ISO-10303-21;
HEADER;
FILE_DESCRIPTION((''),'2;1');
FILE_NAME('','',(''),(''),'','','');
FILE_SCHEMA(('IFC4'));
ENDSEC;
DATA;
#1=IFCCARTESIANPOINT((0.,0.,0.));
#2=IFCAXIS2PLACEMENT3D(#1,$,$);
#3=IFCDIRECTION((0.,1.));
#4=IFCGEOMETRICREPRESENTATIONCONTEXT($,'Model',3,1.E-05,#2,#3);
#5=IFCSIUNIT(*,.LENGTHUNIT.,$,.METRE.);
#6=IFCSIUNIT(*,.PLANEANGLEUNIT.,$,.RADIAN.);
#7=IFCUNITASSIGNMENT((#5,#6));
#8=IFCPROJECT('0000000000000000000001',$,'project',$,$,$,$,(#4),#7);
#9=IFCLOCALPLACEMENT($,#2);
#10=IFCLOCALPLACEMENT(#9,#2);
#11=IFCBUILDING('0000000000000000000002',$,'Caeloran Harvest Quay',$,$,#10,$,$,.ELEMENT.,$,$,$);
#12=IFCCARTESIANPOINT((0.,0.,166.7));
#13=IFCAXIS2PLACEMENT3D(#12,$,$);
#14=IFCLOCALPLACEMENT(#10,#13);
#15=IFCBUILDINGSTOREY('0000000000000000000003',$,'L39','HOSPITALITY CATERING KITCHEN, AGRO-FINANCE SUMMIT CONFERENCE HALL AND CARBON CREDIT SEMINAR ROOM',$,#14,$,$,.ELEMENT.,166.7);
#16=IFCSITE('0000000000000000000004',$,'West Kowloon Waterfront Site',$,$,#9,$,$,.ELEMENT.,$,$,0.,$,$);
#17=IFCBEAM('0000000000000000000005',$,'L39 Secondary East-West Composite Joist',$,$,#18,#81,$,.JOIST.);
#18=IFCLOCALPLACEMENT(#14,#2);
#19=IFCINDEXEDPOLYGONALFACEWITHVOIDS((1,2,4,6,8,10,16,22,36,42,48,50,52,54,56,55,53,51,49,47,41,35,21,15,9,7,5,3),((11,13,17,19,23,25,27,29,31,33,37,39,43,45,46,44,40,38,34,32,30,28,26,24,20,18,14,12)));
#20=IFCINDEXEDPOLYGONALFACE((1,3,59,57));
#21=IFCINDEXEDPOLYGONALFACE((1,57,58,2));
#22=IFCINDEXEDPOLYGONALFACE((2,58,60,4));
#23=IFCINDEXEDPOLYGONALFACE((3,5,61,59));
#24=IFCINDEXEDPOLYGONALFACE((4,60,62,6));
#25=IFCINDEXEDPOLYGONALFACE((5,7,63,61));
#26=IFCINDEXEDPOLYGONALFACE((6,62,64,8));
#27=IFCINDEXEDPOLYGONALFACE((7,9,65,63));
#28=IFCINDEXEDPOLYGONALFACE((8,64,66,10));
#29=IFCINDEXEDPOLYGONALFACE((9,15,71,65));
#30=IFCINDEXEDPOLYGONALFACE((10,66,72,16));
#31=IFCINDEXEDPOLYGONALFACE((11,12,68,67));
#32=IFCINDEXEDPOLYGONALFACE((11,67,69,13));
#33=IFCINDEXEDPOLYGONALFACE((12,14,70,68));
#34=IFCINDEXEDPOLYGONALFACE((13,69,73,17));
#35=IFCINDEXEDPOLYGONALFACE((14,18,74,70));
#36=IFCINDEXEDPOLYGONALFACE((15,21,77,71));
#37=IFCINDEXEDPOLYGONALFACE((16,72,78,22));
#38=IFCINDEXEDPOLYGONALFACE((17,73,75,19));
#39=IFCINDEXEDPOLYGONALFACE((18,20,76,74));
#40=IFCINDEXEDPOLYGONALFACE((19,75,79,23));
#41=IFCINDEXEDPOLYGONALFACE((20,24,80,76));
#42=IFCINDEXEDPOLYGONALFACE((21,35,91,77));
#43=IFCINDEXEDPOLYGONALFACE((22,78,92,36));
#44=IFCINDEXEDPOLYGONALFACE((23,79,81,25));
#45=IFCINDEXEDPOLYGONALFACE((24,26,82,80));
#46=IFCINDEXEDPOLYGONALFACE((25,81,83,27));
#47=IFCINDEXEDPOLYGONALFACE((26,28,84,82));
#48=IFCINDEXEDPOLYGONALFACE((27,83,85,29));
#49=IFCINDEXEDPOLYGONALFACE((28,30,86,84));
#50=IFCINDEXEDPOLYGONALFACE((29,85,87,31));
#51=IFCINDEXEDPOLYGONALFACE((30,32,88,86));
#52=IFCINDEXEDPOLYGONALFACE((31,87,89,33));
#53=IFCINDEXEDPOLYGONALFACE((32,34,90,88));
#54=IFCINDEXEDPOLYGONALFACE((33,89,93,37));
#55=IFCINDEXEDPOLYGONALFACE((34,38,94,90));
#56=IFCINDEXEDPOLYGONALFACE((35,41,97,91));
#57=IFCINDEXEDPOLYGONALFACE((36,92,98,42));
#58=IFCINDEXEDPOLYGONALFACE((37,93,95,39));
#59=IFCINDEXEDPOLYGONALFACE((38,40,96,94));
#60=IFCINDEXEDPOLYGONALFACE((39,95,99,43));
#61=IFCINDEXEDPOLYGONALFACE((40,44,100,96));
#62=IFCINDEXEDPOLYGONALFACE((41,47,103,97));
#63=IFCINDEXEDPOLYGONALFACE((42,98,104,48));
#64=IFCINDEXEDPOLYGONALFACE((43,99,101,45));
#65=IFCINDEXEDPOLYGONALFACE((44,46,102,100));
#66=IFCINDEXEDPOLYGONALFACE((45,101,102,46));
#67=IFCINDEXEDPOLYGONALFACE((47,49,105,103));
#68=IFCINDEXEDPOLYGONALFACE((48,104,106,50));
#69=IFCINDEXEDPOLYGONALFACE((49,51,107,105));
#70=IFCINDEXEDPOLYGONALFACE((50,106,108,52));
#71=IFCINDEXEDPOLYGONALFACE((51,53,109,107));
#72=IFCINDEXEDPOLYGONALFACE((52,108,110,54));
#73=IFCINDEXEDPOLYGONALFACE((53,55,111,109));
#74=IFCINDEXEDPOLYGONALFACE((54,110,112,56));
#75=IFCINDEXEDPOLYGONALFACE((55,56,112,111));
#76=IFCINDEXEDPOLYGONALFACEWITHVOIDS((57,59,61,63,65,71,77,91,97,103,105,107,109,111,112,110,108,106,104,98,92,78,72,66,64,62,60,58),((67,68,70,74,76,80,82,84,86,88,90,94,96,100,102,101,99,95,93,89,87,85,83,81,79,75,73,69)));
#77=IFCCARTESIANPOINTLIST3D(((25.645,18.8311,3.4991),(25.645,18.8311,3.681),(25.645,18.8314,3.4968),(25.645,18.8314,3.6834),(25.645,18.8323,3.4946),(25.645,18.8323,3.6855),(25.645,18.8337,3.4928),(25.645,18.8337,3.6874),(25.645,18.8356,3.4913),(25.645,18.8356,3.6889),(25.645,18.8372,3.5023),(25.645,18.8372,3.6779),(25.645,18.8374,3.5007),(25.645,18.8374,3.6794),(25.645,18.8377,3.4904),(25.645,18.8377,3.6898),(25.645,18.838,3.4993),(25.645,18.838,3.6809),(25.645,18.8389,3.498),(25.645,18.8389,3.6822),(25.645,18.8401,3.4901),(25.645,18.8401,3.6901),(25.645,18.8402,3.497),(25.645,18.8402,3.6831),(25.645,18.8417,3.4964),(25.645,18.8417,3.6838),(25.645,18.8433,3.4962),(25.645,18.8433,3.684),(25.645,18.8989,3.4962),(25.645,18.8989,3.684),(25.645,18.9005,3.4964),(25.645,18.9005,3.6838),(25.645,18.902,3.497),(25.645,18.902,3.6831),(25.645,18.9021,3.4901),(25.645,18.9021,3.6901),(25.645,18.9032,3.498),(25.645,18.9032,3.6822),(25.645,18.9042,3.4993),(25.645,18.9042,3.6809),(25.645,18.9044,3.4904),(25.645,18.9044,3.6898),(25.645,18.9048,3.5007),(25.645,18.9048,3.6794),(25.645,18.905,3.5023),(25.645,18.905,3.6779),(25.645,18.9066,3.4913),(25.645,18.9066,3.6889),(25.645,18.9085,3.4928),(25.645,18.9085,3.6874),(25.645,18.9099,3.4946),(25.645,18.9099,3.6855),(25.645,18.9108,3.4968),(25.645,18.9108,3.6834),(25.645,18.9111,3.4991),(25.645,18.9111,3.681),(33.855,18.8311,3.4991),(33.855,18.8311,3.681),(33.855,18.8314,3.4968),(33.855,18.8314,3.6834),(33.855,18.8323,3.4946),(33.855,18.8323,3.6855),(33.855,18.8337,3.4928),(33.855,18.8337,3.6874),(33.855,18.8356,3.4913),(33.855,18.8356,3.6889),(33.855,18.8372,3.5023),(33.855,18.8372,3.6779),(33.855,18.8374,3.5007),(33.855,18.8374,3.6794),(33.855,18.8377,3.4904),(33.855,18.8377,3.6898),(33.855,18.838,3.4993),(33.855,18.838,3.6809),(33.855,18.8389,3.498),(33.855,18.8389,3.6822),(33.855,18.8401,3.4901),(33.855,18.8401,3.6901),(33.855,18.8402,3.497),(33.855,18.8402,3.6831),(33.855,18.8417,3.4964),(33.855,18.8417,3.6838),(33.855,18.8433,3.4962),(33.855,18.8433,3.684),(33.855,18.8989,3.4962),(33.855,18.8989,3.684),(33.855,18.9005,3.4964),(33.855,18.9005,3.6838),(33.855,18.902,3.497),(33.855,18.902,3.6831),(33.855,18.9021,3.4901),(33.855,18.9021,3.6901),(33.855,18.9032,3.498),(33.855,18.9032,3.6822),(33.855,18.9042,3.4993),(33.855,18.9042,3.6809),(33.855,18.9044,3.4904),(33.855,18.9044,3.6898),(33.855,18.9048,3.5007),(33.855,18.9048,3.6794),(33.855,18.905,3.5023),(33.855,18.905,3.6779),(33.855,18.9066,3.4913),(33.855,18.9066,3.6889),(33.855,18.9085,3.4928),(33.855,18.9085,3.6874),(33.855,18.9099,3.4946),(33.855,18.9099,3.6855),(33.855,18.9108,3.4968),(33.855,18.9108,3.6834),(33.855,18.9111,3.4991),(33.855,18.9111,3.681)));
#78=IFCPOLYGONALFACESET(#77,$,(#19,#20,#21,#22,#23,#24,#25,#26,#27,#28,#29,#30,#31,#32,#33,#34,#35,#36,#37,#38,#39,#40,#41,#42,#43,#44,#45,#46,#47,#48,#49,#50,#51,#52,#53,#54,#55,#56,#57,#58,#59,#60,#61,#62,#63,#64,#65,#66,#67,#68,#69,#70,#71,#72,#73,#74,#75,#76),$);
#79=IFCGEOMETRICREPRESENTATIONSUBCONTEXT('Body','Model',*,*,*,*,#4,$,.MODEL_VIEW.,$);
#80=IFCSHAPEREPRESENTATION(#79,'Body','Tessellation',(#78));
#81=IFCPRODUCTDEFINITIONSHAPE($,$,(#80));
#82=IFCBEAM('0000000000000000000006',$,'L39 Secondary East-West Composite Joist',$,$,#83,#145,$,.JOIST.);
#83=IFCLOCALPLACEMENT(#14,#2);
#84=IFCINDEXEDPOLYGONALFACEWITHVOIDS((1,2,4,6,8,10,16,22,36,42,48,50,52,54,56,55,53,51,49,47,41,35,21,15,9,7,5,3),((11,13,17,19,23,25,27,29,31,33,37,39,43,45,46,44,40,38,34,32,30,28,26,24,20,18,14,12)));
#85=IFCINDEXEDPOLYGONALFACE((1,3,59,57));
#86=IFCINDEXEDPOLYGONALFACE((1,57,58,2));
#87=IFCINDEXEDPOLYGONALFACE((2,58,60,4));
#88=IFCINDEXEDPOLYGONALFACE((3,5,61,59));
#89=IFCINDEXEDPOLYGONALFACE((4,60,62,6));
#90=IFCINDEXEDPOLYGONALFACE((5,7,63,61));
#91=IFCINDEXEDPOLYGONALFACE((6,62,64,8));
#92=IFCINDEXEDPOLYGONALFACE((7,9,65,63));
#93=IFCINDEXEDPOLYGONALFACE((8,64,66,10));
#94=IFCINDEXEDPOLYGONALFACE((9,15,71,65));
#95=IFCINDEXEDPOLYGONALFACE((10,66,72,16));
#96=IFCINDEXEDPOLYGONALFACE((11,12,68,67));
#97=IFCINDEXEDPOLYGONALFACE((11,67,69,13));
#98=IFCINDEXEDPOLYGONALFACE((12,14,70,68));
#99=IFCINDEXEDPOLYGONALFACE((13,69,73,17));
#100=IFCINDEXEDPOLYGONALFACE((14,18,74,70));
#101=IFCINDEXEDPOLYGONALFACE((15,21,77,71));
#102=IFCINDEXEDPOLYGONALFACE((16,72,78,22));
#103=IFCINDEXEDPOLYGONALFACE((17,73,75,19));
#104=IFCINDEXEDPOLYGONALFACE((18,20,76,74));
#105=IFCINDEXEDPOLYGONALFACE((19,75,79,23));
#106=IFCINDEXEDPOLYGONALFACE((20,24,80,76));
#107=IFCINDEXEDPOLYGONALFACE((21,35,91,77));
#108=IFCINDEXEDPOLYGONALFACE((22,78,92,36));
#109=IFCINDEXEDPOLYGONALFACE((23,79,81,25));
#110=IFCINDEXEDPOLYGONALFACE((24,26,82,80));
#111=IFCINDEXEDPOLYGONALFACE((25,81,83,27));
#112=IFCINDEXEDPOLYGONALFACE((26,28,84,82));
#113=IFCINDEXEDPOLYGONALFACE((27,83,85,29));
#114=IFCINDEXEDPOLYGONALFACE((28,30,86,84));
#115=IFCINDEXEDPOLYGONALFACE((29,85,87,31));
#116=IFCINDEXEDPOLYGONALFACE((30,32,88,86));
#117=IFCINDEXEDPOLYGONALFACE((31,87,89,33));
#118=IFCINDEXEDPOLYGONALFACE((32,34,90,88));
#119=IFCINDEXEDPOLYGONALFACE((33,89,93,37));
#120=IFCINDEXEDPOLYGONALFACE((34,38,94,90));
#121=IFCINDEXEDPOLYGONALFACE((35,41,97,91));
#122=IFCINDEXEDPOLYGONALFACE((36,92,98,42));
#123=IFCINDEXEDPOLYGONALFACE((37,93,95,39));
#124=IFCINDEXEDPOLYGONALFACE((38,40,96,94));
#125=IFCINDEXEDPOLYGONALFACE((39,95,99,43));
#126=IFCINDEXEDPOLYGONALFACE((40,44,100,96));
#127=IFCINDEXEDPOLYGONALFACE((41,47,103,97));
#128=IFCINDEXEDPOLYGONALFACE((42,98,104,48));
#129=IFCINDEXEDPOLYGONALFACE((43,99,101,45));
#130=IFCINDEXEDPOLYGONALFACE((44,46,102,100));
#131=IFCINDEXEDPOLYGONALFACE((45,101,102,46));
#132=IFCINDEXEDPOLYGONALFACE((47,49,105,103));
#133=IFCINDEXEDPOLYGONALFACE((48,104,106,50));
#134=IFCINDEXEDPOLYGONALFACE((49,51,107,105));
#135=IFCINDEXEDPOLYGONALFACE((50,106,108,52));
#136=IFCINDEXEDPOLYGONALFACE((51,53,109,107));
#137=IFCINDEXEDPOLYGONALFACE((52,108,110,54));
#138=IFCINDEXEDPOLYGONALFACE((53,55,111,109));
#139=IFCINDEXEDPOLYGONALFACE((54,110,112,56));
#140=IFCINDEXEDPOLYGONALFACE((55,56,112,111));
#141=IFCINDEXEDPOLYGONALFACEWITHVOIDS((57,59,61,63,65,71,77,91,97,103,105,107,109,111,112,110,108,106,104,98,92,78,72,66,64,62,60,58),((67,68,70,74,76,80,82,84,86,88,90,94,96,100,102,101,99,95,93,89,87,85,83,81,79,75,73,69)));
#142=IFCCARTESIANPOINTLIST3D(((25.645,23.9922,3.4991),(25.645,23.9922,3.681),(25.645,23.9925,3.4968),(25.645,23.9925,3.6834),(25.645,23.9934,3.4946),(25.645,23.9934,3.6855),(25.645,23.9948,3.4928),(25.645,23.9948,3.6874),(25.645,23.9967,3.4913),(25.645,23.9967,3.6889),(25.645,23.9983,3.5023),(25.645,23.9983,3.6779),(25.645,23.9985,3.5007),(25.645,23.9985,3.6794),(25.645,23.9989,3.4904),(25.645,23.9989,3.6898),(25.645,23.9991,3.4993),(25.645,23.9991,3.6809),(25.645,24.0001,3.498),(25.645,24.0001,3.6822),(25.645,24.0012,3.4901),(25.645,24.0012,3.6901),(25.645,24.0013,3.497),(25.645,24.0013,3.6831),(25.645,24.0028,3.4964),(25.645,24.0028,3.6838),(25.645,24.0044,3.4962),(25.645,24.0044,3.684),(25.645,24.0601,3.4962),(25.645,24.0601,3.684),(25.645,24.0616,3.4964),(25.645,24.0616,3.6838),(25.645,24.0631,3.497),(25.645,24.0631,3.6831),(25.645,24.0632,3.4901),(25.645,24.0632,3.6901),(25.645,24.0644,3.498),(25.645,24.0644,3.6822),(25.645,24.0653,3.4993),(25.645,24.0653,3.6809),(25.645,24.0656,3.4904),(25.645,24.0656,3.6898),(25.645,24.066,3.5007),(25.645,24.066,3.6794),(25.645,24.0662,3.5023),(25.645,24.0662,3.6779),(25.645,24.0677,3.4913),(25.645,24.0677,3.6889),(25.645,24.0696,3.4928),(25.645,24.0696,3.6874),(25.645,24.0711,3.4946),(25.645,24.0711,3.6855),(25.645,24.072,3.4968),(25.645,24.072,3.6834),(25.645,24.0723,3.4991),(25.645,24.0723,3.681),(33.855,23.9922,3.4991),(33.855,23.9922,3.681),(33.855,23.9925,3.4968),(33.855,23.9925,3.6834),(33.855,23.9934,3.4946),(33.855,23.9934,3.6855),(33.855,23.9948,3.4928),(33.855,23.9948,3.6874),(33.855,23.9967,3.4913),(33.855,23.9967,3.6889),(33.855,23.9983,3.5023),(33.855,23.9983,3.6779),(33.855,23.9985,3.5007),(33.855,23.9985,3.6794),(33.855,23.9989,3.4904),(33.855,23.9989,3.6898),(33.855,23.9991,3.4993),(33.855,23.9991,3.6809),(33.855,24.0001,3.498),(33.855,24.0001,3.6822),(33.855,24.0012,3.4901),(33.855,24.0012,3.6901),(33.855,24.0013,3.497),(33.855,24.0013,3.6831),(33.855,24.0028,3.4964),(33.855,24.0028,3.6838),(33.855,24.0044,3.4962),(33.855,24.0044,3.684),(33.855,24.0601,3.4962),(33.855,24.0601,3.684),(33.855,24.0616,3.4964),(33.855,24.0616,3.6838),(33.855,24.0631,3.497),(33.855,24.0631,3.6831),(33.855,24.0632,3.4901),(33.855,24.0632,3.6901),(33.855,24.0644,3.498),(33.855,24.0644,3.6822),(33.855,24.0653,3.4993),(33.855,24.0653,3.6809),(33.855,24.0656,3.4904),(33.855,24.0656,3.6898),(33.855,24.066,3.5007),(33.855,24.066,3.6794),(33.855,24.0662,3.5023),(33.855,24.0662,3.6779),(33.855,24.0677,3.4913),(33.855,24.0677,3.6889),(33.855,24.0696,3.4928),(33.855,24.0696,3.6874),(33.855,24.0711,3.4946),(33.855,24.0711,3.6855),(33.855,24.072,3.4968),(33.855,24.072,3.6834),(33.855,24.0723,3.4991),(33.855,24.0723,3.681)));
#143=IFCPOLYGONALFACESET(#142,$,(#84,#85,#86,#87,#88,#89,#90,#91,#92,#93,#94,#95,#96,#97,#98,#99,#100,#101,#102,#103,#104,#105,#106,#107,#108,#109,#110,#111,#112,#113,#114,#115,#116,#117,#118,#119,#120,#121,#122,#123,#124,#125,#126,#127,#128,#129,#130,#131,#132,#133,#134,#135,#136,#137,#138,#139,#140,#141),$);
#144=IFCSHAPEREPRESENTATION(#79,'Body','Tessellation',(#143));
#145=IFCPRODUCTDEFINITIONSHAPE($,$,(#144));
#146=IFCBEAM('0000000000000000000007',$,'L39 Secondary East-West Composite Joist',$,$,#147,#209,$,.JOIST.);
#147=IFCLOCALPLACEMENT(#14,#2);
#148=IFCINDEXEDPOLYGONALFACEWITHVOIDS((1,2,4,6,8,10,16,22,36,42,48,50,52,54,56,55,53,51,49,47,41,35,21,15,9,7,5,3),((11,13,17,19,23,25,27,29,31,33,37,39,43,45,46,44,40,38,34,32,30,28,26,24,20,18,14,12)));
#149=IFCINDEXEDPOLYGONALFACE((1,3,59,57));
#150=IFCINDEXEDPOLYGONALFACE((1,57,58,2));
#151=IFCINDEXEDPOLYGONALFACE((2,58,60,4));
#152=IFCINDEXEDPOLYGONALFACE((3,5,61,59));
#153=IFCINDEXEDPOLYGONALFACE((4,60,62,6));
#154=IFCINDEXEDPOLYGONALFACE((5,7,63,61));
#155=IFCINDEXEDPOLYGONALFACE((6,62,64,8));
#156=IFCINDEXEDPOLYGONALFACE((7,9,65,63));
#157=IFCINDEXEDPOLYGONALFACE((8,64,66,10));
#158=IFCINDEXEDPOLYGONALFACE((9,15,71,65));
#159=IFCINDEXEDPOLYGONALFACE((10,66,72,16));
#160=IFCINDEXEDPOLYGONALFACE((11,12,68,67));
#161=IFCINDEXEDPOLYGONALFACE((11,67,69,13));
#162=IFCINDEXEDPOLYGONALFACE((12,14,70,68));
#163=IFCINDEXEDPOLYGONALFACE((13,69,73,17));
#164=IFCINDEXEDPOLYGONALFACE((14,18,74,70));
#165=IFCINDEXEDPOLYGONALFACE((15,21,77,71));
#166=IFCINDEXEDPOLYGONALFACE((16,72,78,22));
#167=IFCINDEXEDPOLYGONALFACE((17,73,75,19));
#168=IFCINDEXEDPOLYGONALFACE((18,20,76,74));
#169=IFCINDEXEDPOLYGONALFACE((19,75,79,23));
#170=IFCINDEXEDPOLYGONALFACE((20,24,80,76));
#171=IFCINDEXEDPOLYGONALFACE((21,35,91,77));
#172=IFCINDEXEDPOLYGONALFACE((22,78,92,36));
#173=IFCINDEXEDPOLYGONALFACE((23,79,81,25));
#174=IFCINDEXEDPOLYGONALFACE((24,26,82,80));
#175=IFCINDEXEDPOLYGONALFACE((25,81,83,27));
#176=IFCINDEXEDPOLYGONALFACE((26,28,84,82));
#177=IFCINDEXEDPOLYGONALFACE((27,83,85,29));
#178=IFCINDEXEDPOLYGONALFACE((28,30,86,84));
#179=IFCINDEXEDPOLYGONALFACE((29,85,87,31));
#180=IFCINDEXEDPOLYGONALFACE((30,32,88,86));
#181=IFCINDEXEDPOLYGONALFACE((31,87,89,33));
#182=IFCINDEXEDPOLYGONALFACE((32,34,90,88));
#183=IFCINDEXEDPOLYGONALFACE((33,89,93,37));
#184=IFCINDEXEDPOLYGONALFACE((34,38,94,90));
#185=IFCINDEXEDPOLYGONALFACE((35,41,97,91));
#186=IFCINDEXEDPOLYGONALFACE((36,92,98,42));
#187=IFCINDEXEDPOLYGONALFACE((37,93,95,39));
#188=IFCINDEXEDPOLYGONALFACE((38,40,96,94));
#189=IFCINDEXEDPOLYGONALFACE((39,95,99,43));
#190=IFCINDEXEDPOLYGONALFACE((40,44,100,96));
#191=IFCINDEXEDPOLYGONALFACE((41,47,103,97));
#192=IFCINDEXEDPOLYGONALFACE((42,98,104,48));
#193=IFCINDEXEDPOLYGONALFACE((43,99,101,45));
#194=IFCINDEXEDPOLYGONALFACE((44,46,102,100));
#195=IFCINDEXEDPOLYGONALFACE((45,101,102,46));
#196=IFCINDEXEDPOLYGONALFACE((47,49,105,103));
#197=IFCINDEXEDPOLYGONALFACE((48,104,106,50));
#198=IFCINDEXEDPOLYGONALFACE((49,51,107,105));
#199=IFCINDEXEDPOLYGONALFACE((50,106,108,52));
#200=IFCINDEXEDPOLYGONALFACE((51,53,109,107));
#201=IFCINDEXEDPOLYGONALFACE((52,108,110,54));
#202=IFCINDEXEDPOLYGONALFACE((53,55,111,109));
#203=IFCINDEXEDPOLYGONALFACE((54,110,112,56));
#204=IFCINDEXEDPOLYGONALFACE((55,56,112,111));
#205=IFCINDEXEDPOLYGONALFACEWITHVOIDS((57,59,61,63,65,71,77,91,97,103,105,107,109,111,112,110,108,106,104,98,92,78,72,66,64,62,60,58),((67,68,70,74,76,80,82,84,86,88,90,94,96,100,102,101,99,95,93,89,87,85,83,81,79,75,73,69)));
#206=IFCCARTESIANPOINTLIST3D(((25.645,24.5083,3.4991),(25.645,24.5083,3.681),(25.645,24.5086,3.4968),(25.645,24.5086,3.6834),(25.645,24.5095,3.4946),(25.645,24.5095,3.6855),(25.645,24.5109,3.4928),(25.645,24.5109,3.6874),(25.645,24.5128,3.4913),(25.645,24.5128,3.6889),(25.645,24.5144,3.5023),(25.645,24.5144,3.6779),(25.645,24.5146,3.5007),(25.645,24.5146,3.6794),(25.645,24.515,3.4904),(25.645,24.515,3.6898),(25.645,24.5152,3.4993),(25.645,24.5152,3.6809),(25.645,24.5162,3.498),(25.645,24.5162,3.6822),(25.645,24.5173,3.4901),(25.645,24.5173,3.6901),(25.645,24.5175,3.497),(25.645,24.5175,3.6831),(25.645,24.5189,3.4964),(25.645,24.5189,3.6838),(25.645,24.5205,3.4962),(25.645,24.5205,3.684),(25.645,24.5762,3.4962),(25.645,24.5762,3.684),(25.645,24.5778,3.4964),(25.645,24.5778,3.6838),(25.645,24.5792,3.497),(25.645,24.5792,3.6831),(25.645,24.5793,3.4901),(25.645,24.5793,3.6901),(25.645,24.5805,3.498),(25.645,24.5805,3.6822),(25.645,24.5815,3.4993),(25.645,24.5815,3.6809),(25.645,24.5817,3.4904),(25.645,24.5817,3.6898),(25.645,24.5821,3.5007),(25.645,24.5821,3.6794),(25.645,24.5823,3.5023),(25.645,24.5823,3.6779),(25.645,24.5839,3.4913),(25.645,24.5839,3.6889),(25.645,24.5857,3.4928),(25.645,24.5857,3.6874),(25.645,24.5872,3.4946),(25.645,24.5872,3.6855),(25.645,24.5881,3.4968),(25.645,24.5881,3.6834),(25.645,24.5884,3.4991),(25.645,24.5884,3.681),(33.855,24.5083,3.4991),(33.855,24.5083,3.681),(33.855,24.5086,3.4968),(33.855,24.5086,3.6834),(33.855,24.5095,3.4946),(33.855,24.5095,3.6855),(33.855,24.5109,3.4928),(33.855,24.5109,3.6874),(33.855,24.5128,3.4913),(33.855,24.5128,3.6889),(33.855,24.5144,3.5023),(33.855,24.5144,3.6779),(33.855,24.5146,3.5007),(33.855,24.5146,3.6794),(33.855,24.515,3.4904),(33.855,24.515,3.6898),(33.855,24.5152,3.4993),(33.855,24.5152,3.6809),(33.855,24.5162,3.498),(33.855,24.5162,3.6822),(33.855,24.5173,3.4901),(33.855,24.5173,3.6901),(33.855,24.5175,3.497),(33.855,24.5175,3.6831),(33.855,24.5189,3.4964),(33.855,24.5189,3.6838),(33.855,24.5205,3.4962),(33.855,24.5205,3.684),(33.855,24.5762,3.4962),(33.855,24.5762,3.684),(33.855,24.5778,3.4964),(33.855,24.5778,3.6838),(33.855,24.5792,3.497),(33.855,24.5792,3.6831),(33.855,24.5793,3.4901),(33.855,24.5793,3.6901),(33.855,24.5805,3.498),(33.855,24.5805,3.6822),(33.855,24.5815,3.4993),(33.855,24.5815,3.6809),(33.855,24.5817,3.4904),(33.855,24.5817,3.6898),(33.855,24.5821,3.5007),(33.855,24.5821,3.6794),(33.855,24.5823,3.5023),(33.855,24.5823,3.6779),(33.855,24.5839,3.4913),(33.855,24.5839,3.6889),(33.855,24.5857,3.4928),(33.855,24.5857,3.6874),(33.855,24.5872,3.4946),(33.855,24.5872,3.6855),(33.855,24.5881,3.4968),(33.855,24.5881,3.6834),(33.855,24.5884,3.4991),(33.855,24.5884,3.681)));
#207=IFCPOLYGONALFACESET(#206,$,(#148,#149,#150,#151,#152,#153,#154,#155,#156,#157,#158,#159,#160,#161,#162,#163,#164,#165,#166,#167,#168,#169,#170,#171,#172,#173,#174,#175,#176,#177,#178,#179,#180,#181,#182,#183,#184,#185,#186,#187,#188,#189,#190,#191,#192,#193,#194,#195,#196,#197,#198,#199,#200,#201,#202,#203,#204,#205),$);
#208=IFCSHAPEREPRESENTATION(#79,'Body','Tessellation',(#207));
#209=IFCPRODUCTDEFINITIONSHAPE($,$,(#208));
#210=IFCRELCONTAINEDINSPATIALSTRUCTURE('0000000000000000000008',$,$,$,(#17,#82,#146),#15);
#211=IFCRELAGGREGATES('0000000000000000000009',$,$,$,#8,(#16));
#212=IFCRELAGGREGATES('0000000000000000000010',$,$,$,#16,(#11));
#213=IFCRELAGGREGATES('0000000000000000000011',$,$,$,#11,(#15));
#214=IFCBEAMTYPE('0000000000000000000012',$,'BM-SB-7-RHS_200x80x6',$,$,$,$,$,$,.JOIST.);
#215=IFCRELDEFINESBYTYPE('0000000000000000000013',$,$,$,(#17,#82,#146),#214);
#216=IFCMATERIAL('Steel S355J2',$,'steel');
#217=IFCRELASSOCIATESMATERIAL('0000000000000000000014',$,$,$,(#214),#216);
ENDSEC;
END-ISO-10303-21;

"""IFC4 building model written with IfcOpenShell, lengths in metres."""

from ifc_helpers import new_model, si_unit, direction, frame, origin, origin_2d, place, context, subcontext, project, spatial, hollow_rectangle, extrude, material, material_profile, profile_set, type_object, element, save


model = new_model("IFC4")

# Units and contexts
model_context = context("Model", 3, precision=1e-05, world=origin(), true_north=direction((0.0, 1.0)))
body_context = subcontext(model_context, "Body", "Model", "MODEL_VIEW")
ifc_project = project(units=[si_unit("LENGTHUNIT", "METRE"), si_unit("PLANEANGLEUNIT", "RADIAN")], contexts=[model_context])

# Site, building, storey
site_placement = place(None, origin())
site = spatial("IfcSite", under=ifc_project, at=site_placement, Name="West Kowloon Waterfront Site", CompositionType="ELEMENT", RefElevation=0.0)
building_placement = place(site_placement, origin())
building = spatial("IfcBuilding", under=site, at=building_placement, Name="Caeloran Harvest Quay", CompositionType="ELEMENT")
storey_placement = place(building_placement, frame((0.0, 0.0, 166.7)))
storey = spatial("IfcBuildingStorey", under=building, at=storey_placement, Name="L39", Description="HOSPITALITY CATERING KITCHEN, AGRO-FINANCE SUMMIT CONFERENCE HALL AND CARBON CREDIT SEMINAR ROOM", CompositionType="ELEMENT", Elevation=166.7)

# Beams
ifc_material_1 = material(Name="Steel S355J2", Category="steel")
ifc_material_profile_1 = material_profile(ifc_material_1, hollow_rectangle(XDim=0.0801, YDim=0.2, WallThickness=0.0061, InnerFilletRadius=0.0061, OuterFilletRadius=0.009, at=origin_2d()), Name="RHS 200x80x6")
ifc_profile_set_1 = profile_set([ifc_material_profile_1], Name="Steel S355J2")
beam_type_1 = type_object("IfcBeamType", Name="BM-SB-7-RHS_200x80x6", PredefinedType="JOIST", material=ifc_profile_set_1)
for number, where, z_axis, x_axis, name in (
    (1, (25.645, 18.8711, 3.5901), (1.0, 0.0, 0.0), (0.0, 1.0, 0.0), "L39 Secondary East-West Composite Joist"),
    (2, (25.645, 24.0322, 3.5901), (1.0, 0.0, 0.0), (0.0, 1.0, 0.0), "L39 Secondary East-West Composite Joist"),
    (3, (25.645, 24.5483, 3.5901), (1.0, 0.0, 0.0), (0.0, 1.0, 0.0), "L39 Secondary East-West Composite Joist"),
):
    element("IfcBeam", number, at=place(storey_placement, frame(where, z_axis=z_axis, x_axis=x_axis)), inside=storey, type_object=beam_type_1, Name=name, PredefinedType="JOIST", context=body_context, shape_type="SweptSolid", body=[
        extrude(hollow_rectangle(XDim=0.0801, YDim=0.2, WallThickness=0.0061, InnerFilletRadius=0.0061, OuterFilletRadius=0.009, at=origin_2d()), origin(), (0.0, 0.0, 1.0), 8.21),
    ])

save(model, "model.ifc")
